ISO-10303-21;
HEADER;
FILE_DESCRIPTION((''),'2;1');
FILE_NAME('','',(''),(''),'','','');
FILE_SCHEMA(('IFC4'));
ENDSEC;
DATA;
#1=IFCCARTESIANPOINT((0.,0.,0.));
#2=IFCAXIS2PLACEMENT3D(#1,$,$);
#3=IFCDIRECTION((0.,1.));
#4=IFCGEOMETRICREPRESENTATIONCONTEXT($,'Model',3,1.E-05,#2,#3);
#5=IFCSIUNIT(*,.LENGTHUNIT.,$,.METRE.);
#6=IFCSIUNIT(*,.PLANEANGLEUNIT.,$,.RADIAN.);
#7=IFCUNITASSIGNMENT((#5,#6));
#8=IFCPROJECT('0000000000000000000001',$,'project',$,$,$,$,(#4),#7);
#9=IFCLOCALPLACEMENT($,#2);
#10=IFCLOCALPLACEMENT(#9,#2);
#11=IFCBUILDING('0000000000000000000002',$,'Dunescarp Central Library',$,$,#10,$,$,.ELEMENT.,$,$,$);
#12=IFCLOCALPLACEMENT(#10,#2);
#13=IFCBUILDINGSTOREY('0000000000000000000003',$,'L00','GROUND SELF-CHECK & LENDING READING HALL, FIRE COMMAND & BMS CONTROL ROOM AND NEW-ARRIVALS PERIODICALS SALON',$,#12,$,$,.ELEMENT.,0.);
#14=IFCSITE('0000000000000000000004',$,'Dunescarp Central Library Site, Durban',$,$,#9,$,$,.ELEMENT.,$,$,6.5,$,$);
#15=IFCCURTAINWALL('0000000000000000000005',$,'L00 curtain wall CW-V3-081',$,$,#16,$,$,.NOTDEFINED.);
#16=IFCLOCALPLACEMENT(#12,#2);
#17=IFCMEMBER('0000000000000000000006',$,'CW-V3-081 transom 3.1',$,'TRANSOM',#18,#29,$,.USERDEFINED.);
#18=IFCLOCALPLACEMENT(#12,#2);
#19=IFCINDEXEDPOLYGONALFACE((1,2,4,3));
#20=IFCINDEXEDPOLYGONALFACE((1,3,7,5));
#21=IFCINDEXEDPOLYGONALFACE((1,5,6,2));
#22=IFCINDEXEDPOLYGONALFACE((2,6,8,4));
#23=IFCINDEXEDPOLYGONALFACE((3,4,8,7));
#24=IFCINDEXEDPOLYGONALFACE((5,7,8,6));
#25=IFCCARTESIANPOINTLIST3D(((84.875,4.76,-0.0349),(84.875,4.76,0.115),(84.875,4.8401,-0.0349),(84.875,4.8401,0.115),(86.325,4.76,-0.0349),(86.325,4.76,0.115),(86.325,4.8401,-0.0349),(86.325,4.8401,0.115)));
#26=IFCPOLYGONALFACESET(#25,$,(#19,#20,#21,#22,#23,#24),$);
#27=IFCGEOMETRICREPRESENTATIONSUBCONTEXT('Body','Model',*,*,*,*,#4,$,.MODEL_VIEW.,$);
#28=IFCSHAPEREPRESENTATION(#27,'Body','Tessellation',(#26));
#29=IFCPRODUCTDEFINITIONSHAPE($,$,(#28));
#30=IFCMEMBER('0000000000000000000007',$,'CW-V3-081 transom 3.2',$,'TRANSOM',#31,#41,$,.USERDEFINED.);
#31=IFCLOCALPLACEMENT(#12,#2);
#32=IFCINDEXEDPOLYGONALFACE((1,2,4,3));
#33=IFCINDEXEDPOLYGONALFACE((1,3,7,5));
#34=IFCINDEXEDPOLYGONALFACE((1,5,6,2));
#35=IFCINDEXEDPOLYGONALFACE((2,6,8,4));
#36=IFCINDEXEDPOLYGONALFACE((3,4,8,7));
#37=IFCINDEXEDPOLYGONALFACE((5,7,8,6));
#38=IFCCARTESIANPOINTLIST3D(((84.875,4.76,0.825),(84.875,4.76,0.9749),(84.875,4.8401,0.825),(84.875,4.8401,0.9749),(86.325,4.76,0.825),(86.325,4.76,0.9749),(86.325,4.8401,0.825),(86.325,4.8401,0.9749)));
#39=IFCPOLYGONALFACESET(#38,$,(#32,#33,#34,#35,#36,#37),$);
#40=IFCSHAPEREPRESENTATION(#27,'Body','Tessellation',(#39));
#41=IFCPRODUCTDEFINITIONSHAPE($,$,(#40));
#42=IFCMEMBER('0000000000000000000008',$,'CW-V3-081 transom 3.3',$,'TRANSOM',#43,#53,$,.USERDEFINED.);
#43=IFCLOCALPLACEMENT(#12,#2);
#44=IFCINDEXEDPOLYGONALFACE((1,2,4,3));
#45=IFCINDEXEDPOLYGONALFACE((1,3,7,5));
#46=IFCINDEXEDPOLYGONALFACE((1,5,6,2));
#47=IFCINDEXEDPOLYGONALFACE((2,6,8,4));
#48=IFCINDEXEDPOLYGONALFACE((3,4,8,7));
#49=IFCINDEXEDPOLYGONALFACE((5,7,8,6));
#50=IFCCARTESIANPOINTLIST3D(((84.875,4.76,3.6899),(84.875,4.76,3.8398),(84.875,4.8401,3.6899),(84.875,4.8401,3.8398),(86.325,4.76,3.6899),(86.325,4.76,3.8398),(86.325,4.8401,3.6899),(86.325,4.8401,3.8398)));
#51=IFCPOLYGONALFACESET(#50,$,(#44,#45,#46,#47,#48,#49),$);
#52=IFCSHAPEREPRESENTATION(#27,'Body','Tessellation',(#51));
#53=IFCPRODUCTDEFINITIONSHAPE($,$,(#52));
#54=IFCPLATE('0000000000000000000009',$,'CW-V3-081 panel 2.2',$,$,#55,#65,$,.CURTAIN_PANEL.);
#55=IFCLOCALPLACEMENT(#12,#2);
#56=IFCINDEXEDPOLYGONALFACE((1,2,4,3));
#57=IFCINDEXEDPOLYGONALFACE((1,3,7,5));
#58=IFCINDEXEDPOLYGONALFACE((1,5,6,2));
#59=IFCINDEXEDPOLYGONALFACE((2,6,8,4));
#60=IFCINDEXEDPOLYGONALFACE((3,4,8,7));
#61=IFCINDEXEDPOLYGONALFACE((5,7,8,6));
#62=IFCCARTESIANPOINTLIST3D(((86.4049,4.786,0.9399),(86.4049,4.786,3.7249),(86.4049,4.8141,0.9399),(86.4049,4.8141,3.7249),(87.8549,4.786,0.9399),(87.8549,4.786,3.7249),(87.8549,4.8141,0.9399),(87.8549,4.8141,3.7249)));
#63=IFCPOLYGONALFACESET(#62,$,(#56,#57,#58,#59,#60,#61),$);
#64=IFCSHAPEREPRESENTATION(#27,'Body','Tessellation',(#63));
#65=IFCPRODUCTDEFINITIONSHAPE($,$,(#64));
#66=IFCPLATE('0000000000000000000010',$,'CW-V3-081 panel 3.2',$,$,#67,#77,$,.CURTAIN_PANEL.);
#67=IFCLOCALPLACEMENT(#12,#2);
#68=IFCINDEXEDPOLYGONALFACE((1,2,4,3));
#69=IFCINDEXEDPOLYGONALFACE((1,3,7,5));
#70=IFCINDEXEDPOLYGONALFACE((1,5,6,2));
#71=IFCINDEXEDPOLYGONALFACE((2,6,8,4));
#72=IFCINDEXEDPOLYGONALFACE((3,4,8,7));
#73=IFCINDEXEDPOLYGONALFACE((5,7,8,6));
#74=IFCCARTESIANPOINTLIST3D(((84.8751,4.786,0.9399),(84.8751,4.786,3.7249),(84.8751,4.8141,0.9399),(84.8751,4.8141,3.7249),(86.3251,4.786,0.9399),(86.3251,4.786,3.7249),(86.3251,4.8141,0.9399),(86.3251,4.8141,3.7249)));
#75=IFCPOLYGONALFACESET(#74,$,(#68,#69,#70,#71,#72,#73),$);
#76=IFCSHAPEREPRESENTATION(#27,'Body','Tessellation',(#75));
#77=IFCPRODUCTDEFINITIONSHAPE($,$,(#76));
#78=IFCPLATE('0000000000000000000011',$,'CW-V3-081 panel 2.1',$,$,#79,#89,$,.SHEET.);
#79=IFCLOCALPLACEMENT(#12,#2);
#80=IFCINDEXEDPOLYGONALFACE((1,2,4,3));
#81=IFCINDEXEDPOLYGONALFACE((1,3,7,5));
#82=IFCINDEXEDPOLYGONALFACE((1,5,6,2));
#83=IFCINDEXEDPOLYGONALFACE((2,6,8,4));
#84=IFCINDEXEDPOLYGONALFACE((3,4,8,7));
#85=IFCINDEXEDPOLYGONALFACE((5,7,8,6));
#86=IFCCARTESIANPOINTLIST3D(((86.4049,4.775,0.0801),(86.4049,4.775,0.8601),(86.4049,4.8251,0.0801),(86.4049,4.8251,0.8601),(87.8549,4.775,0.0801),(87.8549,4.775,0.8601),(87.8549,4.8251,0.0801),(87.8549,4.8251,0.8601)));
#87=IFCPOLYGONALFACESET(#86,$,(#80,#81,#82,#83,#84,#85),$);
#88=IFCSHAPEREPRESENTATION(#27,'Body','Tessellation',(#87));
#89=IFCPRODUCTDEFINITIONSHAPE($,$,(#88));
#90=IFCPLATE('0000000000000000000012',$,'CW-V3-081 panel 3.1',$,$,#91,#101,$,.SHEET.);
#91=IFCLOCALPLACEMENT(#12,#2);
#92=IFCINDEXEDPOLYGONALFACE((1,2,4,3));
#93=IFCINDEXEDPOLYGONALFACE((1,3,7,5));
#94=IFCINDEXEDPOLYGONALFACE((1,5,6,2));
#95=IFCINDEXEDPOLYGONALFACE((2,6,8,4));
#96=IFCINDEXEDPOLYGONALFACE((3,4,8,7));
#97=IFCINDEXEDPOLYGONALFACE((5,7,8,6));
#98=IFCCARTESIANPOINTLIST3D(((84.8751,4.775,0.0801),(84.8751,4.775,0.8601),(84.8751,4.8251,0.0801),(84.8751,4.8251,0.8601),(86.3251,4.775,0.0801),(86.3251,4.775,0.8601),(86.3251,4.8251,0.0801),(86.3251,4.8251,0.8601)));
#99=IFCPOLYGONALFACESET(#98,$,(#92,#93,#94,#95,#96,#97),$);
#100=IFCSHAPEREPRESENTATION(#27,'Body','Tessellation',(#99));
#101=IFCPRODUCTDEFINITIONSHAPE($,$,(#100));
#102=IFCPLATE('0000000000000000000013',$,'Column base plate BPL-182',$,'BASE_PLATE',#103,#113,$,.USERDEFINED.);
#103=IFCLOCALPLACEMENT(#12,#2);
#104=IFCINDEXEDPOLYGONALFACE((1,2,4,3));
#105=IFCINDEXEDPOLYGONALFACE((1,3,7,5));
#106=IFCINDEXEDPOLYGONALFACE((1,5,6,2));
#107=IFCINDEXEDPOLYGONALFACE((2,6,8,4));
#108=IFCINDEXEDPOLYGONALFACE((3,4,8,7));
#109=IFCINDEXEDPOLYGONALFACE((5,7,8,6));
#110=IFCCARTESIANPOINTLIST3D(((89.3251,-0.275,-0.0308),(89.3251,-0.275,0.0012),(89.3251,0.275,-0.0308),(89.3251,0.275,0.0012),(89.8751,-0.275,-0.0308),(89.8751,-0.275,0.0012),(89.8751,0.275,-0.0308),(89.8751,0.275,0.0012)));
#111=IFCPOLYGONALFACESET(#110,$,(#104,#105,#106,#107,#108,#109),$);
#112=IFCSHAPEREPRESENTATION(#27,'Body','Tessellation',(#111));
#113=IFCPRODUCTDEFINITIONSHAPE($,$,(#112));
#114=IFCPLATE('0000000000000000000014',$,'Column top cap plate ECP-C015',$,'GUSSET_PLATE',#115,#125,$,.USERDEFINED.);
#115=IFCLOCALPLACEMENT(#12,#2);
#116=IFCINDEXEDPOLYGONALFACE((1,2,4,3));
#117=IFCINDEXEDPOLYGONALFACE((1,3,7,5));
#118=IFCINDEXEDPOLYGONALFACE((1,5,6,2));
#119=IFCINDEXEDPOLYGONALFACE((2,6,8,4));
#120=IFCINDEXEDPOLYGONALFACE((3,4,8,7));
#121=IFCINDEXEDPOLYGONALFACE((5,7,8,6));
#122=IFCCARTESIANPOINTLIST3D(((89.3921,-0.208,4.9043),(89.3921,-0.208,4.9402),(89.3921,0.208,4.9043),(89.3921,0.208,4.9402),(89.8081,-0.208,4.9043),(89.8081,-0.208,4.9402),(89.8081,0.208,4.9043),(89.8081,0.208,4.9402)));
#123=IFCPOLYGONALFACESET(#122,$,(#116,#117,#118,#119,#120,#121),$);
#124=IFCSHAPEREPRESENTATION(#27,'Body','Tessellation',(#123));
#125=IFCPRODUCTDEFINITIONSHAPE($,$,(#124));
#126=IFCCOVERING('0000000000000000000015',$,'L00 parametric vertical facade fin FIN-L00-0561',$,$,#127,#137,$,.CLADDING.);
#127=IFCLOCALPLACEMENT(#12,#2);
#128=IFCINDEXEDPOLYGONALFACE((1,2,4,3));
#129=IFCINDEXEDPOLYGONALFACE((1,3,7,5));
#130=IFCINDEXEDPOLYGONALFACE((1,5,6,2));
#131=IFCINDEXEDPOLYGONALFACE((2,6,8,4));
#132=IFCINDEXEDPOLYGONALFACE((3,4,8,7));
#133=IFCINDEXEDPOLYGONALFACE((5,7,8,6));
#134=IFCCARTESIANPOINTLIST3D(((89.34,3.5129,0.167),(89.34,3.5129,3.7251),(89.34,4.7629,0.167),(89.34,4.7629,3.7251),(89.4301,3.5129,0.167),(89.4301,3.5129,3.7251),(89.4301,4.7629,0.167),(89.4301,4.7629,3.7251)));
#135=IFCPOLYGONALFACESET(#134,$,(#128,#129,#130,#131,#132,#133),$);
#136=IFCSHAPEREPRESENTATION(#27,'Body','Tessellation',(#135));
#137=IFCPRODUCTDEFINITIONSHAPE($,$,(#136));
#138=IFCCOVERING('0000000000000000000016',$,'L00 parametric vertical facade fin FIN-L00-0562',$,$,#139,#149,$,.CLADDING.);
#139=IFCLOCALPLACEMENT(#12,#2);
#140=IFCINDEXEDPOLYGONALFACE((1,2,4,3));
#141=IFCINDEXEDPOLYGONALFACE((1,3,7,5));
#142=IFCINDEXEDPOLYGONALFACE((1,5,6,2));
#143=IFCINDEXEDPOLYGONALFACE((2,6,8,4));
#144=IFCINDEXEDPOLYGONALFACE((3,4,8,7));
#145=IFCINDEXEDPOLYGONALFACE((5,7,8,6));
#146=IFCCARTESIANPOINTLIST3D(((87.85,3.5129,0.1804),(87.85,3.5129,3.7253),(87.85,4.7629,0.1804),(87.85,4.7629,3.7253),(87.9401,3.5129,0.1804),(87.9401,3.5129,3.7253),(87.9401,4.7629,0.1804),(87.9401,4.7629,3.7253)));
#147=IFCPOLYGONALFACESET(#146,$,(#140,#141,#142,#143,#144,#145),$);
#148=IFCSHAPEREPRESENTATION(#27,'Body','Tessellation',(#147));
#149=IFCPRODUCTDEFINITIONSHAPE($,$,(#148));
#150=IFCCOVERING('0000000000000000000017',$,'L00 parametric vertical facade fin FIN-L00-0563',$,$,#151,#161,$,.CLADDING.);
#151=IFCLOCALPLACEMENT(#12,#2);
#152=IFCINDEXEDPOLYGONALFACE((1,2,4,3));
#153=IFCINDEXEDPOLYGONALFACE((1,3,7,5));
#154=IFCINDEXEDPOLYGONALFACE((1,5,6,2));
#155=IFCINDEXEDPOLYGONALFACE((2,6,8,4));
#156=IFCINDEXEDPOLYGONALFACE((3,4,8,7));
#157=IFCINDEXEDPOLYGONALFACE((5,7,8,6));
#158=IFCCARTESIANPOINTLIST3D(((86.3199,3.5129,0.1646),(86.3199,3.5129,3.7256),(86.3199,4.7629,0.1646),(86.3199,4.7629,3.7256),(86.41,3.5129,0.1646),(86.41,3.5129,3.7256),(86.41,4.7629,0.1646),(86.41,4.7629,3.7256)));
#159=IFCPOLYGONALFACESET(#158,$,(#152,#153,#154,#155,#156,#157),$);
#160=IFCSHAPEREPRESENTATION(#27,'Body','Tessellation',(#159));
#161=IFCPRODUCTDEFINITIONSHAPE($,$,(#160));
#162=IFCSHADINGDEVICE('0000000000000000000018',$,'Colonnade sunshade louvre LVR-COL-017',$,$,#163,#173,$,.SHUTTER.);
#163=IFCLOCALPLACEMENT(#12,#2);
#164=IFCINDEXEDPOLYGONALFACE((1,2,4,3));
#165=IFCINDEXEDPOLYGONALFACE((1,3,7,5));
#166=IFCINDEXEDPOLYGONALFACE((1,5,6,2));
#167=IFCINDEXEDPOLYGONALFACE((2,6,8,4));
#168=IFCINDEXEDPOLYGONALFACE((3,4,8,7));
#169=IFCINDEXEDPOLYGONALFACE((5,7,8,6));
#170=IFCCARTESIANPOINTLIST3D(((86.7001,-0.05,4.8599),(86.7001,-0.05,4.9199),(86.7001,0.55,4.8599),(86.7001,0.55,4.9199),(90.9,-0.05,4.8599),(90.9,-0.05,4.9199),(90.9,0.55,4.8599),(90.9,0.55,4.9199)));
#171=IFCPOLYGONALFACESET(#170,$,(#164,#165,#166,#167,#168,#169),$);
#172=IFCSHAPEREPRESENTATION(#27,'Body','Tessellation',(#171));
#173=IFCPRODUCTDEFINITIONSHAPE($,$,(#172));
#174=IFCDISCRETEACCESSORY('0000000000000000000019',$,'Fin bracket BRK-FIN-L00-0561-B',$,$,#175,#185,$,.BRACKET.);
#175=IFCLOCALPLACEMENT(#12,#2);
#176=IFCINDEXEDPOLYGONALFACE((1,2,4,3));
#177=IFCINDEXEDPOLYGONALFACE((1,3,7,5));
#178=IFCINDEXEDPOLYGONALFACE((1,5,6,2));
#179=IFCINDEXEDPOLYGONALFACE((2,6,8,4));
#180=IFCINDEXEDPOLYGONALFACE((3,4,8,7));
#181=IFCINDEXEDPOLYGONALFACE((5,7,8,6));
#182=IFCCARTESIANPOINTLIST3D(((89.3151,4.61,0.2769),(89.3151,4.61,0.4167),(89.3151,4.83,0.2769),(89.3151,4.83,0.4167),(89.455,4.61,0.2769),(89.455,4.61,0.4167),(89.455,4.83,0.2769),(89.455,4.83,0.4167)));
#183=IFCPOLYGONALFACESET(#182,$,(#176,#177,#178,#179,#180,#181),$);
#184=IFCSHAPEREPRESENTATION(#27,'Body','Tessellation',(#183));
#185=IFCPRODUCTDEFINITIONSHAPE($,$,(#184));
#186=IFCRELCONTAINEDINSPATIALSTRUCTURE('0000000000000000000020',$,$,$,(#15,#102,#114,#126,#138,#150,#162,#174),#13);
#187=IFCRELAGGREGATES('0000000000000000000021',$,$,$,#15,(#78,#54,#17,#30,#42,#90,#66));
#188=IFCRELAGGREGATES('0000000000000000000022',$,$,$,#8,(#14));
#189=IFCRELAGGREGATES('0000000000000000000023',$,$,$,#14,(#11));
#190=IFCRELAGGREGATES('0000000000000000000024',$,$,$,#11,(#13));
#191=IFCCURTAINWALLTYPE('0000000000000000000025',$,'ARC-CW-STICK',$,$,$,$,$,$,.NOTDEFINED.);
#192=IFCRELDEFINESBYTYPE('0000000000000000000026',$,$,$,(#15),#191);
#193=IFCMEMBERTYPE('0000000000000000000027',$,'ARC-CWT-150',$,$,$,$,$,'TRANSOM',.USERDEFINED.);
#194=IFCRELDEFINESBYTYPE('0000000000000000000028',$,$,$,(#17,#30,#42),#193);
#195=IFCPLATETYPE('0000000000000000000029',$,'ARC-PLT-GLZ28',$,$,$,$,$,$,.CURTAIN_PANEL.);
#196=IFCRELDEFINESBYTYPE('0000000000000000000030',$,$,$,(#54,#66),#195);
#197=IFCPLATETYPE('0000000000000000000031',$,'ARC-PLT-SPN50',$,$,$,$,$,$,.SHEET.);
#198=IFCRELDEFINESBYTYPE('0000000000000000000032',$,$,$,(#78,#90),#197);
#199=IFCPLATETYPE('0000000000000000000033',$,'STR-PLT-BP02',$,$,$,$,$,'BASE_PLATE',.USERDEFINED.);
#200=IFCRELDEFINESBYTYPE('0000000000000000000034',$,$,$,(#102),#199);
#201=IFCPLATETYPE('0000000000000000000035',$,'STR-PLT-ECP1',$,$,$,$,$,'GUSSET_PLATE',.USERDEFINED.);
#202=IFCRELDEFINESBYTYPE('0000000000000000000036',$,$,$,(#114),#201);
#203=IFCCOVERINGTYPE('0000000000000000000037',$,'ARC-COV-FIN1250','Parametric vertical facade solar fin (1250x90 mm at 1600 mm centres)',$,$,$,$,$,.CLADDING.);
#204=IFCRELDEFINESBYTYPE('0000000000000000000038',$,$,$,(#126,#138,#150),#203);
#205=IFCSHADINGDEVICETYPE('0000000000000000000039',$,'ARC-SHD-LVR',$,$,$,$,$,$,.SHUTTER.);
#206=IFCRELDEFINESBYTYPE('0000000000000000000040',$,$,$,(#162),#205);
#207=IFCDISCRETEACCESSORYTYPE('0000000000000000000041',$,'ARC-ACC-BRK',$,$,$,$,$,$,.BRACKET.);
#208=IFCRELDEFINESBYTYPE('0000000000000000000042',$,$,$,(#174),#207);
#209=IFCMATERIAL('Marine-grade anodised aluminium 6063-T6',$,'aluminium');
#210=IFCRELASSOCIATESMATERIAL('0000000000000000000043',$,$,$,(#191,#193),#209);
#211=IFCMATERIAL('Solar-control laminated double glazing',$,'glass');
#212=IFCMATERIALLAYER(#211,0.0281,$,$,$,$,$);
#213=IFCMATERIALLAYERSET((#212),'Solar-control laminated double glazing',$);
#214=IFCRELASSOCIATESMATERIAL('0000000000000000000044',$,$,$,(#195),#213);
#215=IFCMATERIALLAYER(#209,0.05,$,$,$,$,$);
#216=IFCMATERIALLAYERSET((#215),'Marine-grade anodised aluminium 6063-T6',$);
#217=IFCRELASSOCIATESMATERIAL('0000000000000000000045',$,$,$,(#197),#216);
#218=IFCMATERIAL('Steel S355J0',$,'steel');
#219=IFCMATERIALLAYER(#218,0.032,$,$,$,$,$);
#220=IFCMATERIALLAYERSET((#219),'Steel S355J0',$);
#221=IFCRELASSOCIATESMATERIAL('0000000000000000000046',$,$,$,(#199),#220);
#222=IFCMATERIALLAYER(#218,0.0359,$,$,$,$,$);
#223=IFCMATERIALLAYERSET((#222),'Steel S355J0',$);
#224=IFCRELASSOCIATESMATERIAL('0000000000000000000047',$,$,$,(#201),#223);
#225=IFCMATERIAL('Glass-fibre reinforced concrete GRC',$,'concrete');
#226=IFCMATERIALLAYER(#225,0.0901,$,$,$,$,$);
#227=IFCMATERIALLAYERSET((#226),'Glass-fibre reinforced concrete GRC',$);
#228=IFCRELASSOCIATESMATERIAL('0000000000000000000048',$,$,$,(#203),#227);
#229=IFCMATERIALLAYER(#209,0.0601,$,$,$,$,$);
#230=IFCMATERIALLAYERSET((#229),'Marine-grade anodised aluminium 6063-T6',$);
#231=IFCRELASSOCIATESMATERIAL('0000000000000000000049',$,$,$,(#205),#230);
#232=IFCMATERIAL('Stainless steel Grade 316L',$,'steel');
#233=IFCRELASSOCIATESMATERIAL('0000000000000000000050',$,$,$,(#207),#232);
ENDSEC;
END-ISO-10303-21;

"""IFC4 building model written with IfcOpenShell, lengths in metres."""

from ifc_helpers import new_model, si_unit, direction, frame, origin, origin_2d, place, context, subcontext, project, spatial, rectangle, extrude, material, layer, layer_set, material_profile, profile_set, type_object, element, aggregate, save


model = new_model("IFC4")

# Units and contexts
model_context = context("Model", 3, precision=1e-05, world=origin(), true_north=direction((0.0, 1.0)))
body_context = subcontext(model_context, "Body", "Model", "MODEL_VIEW")
ifc_project = project(units=[si_unit("LENGTHUNIT", "METRE"), si_unit("PLANEANGLEUNIT", "RADIAN")], contexts=[model_context])

# Site, building, storey
site_placement = place(None, origin())
site = spatial("IfcSite", under=ifc_project, at=site_placement, Name="Dunescarp Central Library Site, Durban", CompositionType="ELEMENT", RefElevation=6.5)
building_placement = place(site_placement, origin())
building = spatial("IfcBuilding", under=site, at=building_placement, Name="Dunescarp Central Library", CompositionType="ELEMENT")
storey_placement = place(building_placement, origin())
storey = spatial("IfcBuildingStorey", under=building, at=storey_placement, Name="L00", Description="GROUND SELF-CHECK & LENDING READING HALL, FIRE COMMAND & BMS CONTROL ROOM AND NEW-ARRIVALS PERIODICALS SALON", CompositionType="ELEMENT", Elevation=0.0)

# Shared definitions
ifc_material_1 = material(Name="Steel S355J0", Category="steel")

# Curtain wall, members, plates
ifc_material_2 = material(Name="Marine-grade anodised aluminium 6063-T6", Category="aluminium")
curtain_wall_type = type_object("IfcCurtainWallType", Name="ARC-CW-STICK", PredefinedType="NOTDEFINED", material=ifc_material_2)
curtain_wall_placement = place(storey_placement, origin())
curtain_wall = element("IfcCurtainWall", 1, at=curtain_wall_placement, inside=storey, type_object=curtain_wall_type, Name="L00 curtain wall CW-V3-081", PredefinedType="NOTDEFINED")
ifc_material_profile_1 = material_profile(ifc_material_2, rectangle(XDim=0.0801, YDim=0.1499, at=origin_2d()), Name="AL 80x150")
ifc_profile_set_1 = profile_set([ifc_material_profile_1], Name="Marine-grade anodised aluminium 6063-T6")
member_type_1 = type_object("IfcMemberType", Name="ARC-CWT-150", ElementType="TRANSOM", PredefinedType="USERDEFINED", material=ifc_profile_set_1)
member_1_placement = place(storey_placement, frame((86.325, 4.8, 0.04), z_axis=(-1.0, 0.0, 0.0), x_axis=(0.0, -1.0, 0.0)))
member_1 = element("IfcMember", 2, at=member_1_placement, type_object=member_type_1, Name="CW-V3-081 transom 3.1", ObjectType="TRANSOM", PredefinedType="USERDEFINED", context=body_context, shape_type="SweptSolid", body=[
    extrude(rectangle(XDim=0.0801, YDim=0.1499, at=origin_2d()), origin(), (0.0, 0.0, 1.0), 1.45),
])
member_2_placement = place(storey_placement, frame((86.325, 4.8, 0.8999), z_axis=(-1.0, 0.0, 0.0), x_axis=(0.0, -1.0, 0.0)))
member_2 = element("IfcMember", 3, at=member_2_placement, type_object=member_type_1, Name="CW-V3-081 transom 3.2", ObjectType="TRANSOM", PredefinedType="USERDEFINED", context=body_context, shape_type="SweptSolid", body=[
    extrude(rectangle(XDim=0.0801, YDim=0.1499, at=origin_2d()), origin(), (0.0, 0.0, 1.0), 1.45),
])
member_3_placement = place(storey_placement, frame((86.325, 4.8, 3.7649), z_axis=(-1.0, 0.0, 0.0), x_axis=(0.0, -1.0, 0.0)))
member_3 = element("IfcMember", 4, at=member_3_placement, type_object=member_type_1, Name="CW-V3-081 transom 3.3", ObjectType="TRANSOM", PredefinedType="USERDEFINED", context=body_context, shape_type="SweptSolid", body=[
    extrude(rectangle(XDim=0.0801, YDim=0.1499, at=origin_2d()), origin(), (0.0, 0.0, 1.0), 1.45),
])
ifc_material_3 = material(Name="Solar-control laminated double glazing", Category="glass")
ifc_layer_1 = layer(ifc_material_3, 0.0281)
ifc_layer_set_1 = layer_set([ifc_layer_1], Name="Solar-control laminated double glazing")
plate_type_1 = type_object("IfcPlateType", Name="ARC-PLT-GLZ28", PredefinedType="CURTAIN_PANEL", material=ifc_layer_set_1)
plate_1_placement = place(storey_placement, frame((87.1299, 4.8, 0.9399), z_axis=(0.0, 0.0, 1.0), x_axis=(-1.0, 0.0, 0.0)))
plate_1 = element("IfcPlate", 5, at=plate_1_placement, type_object=plate_type_1, Name="CW-V3-081 panel 2.2", PredefinedType="CURTAIN_PANEL", context=body_context, shape_type="SweptSolid", body=[
    extrude(rectangle(XDim=1.45, YDim=0.0281, at=origin_2d()), origin(), (0.0, 0.0, 1.0), 2.7849),
])
plate_2_placement = place(storey_placement, frame((85.6001, 4.8, 0.9399), z_axis=(0.0, 0.0, 1.0), x_axis=(-1.0, 0.0, 0.0)))
plate_2 = element("IfcPlate", 6, at=plate_2_placement, type_object=plate_type_1, Name="CW-V3-081 panel 3.2", PredefinedType="CURTAIN_PANEL", context=body_context, shape_type="SweptSolid", body=[
    extrude(rectangle(XDim=1.45, YDim=0.0281, at=origin_2d()), origin(), (0.0, 0.0, 1.0), 2.7849),
])
ifc_layer_2 = layer(ifc_material_2, 0.05)
ifc_layer_set_2 = layer_set([ifc_layer_2], Name="Marine-grade anodised aluminium 6063-T6")
plate_type_2 = type_object("IfcPlateType", Name="ARC-PLT-SPN50", PredefinedType="SHEET", material=ifc_layer_set_2)
plate_3_placement = place(storey_placement, frame((87.1299, 4.8, 0.0801), z_axis=(0.0, 0.0, 1.0), x_axis=(-1.0, 0.0, 0.0)))
plate_3 = element("IfcPlate", 7, at=plate_3_placement, type_object=plate_type_2, Name="CW-V3-081 panel 2.1", PredefinedType="SHEET", context=body_context, shape_type="SweptSolid", body=[
    extrude(rectangle(XDim=1.45, YDim=0.05, at=origin_2d()), origin(), (0.0, 0.0, 1.0), 0.78),
])
plate_4_placement = place(storey_placement, frame((85.6001, 4.8, 0.0801), z_axis=(0.0, 0.0, 1.0), x_axis=(-1.0, 0.0, 0.0)))
plate_4 = element("IfcPlate", 8, at=plate_4_placement, type_object=plate_type_2, Name="CW-V3-081 panel 3.1", PredefinedType="SHEET", context=body_context, shape_type="SweptSolid", body=[
    extrude(rectangle(XDim=1.45, YDim=0.05, at=origin_2d()), origin(), (0.0, 0.0, 1.0), 0.78),
])
aggregate(curtain_wall, [plate_3, plate_1, member_1, member_2, member_3, plate_4, plate_2])

# Plates
ifc_layer_3 = layer(ifc_material_1, 0.032)
ifc_layer_set_3 = layer_set([ifc_layer_3], Name="Steel S355J0")
plate_type_3 = type_object("IfcPlateType", Name="STR-PLT-BP02", ElementType="BASE_PLATE", PredefinedType="USERDEFINED", material=ifc_layer_set_3)
plate_5_placement = place(storey_placement, frame((89.6001, 0.0, -0.0308), z_axis=(0.0, 0.0, 1.0), x_axis=(1.0, 0.0, 0.0)))
element("IfcPlate", 9, at=plate_5_placement, inside=storey, type_object=plate_type_3, Name="Column base plate BPL-182", ObjectType="BASE_PLATE", PredefinedType="USERDEFINED", context=body_context, shape_type="SweptSolid", body=[
    extrude(rectangle(XDim=0.55, YDim=0.55, at=origin_2d()), origin(), (0.0, 0.0, 1.0), 0.032),
])
ifc_layer_4 = layer(ifc_material_1, 0.0359)
ifc_layer_set_4 = layer_set([ifc_layer_4], Name="Steel S355J0")
plate_type_4 = type_object("IfcPlateType", Name="STR-PLT-ECP1", ElementType="GUSSET_PLATE", PredefinedType="USERDEFINED", material=ifc_layer_set_4)
plate_6_placement = place(storey_placement, frame((89.6001, 0.0, 4.9043), z_axis=(0.0, 0.0, 1.0), x_axis=(1.0, 0.0, 0.0)))
element("IfcPlate", 10, at=plate_6_placement, inside=storey, type_object=plate_type_4, Name="Column top cap plate ECP-C015", ObjectType="GUSSET_PLATE", PredefinedType="USERDEFINED", context=body_context, shape_type="SweptSolid", body=[
    extrude(rectangle(XDim=0.416, YDim=0.416, at=origin_2d()), origin(), (0.0, 0.0, 1.0), 0.0359),
])

# Coverings
ifc_material_4 = material(Name="Glass-fibre reinforced concrete GRC", Category="concrete")
ifc_layer_5 = layer(ifc_material_4, 0.0901)
ifc_layer_set_5 = layer_set([ifc_layer_5], Name="Glass-fibre reinforced concrete GRC")
covering_type = type_object("IfcCoveringType", Name="ARC-COV-FIN1250", Description="Parametric vertical facade solar fin (1250x90 mm at 1600 mm centres)", PredefinedType="CLADDING", material=ifc_layer_set_5)
covering_1_placement = place(storey_placement, frame((89.385, 4.1379, 0.167), z_axis=(0.0, 0.0, 1.0), x_axis=(0.0, -1.0, 0.0)))
element("IfcCovering", 11, at=covering_1_placement, inside=storey, type_object=covering_type, Name="L00 parametric vertical facade fin FIN-L00-0561", PredefinedType="CLADDING", context=body_context, shape_type="SweptSolid", body=[
    extrude(rectangle(XDim=1.25, YDim=0.0901, at=origin_2d()), origin(), (0.0, 0.0, 1.0), 3.5581),
])
covering_2_placement = place(storey_placement, frame((87.895, 4.1379, 0.1804), z_axis=(0.0, 0.0, 1.0), x_axis=(0.0, -1.0, 0.0)))
element("IfcCovering", 12, at=covering_2_placement, inside=storey, type_object=covering_type, Name="L00 parametric vertical facade fin FIN-L00-0562", PredefinedType="CLADDING", context=body_context, shape_type="SweptSolid", body=[
    extrude(rectangle(XDim=1.25, YDim=0.0901, at=origin_2d()), origin(), (0.0, 0.0, 1.0), 3.5449),
])
covering_3_placement = place(storey_placement, frame((86.365, 4.1379, 0.1646), z_axis=(0.0, 0.0, 1.0), x_axis=(0.0, -1.0, 0.0)))
element("IfcCovering", 13, at=covering_3_placement, inside=storey, type_object=covering_type, Name="L00 parametric vertical facade fin FIN-L00-0563", PredefinedType="CLADDING", context=body_context, shape_type="SweptSolid", body=[
    extrude(rectangle(XDim=1.25, YDim=0.0901, at=origin_2d()), origin(), (0.0, 0.0, 1.0), 3.561),
])

# Shading device
ifc_layer_6 = layer(ifc_material_2, 0.0601)
ifc_layer_set_6 = layer_set([ifc_layer_6], Name="Marine-grade anodised aluminium 6063-T6")
shading_device_type = type_object("IfcShadingDeviceType", Name="ARC-SHD-LVR", PredefinedType="SHUTTER", material=ifc_layer_set_6)
shading_device_placement = place(storey_placement, frame((88.8, 0.25, 4.8599), z_axis=(0.0, 0.0, 1.0), x_axis=(1.0, 0.0, 0.0)))
element("IfcShadingDevice", 14, at=shading_device_placement, inside=storey, type_object=shading_device_type, Name="Colonnade sunshade louvre LVR-COL-017", PredefinedType="SHUTTER", context=body_context, shape_type="SweptSolid", body=[
    extrude(rectangle(XDim=4.2, YDim=0.6001, at=origin_2d()), origin(), (0.0, 0.0, 1.0), 0.0601),
])

# Discrete accessory
ifc_material_5 = material(Name="Stainless steel Grade 316L", Category="steel")
discrete_accessory_type = type_object("IfcDiscreteAccessoryType", Name="ARC-ACC-BRK", PredefinedType="BRACKET", material=ifc_material_5)
for number, where, z_axis, x_axis, name in (
    (15, (89.385, 4.72, 0.2769), (0.0, 0.0, 1.0), (0.0, -1.0, 0.0), "Fin bracket BRK-FIN-L00-0561-B"),
):
    element("IfcDiscreteAccessory", number, at=place(storey_placement, frame(where, z_axis=z_axis, x_axis=x_axis)), inside=storey, type_object=discrete_accessory_type, Name=name, PredefinedType="BRACKET", context=body_context, shape_type="SweptSolid", body=[
        extrude(rectangle(XDim=0.22, YDim=0.1399, at=origin_2d()), origin(), (0.0, 0.0, 1.0), 0.1399),
    ])

save(model, "model.ifc")
